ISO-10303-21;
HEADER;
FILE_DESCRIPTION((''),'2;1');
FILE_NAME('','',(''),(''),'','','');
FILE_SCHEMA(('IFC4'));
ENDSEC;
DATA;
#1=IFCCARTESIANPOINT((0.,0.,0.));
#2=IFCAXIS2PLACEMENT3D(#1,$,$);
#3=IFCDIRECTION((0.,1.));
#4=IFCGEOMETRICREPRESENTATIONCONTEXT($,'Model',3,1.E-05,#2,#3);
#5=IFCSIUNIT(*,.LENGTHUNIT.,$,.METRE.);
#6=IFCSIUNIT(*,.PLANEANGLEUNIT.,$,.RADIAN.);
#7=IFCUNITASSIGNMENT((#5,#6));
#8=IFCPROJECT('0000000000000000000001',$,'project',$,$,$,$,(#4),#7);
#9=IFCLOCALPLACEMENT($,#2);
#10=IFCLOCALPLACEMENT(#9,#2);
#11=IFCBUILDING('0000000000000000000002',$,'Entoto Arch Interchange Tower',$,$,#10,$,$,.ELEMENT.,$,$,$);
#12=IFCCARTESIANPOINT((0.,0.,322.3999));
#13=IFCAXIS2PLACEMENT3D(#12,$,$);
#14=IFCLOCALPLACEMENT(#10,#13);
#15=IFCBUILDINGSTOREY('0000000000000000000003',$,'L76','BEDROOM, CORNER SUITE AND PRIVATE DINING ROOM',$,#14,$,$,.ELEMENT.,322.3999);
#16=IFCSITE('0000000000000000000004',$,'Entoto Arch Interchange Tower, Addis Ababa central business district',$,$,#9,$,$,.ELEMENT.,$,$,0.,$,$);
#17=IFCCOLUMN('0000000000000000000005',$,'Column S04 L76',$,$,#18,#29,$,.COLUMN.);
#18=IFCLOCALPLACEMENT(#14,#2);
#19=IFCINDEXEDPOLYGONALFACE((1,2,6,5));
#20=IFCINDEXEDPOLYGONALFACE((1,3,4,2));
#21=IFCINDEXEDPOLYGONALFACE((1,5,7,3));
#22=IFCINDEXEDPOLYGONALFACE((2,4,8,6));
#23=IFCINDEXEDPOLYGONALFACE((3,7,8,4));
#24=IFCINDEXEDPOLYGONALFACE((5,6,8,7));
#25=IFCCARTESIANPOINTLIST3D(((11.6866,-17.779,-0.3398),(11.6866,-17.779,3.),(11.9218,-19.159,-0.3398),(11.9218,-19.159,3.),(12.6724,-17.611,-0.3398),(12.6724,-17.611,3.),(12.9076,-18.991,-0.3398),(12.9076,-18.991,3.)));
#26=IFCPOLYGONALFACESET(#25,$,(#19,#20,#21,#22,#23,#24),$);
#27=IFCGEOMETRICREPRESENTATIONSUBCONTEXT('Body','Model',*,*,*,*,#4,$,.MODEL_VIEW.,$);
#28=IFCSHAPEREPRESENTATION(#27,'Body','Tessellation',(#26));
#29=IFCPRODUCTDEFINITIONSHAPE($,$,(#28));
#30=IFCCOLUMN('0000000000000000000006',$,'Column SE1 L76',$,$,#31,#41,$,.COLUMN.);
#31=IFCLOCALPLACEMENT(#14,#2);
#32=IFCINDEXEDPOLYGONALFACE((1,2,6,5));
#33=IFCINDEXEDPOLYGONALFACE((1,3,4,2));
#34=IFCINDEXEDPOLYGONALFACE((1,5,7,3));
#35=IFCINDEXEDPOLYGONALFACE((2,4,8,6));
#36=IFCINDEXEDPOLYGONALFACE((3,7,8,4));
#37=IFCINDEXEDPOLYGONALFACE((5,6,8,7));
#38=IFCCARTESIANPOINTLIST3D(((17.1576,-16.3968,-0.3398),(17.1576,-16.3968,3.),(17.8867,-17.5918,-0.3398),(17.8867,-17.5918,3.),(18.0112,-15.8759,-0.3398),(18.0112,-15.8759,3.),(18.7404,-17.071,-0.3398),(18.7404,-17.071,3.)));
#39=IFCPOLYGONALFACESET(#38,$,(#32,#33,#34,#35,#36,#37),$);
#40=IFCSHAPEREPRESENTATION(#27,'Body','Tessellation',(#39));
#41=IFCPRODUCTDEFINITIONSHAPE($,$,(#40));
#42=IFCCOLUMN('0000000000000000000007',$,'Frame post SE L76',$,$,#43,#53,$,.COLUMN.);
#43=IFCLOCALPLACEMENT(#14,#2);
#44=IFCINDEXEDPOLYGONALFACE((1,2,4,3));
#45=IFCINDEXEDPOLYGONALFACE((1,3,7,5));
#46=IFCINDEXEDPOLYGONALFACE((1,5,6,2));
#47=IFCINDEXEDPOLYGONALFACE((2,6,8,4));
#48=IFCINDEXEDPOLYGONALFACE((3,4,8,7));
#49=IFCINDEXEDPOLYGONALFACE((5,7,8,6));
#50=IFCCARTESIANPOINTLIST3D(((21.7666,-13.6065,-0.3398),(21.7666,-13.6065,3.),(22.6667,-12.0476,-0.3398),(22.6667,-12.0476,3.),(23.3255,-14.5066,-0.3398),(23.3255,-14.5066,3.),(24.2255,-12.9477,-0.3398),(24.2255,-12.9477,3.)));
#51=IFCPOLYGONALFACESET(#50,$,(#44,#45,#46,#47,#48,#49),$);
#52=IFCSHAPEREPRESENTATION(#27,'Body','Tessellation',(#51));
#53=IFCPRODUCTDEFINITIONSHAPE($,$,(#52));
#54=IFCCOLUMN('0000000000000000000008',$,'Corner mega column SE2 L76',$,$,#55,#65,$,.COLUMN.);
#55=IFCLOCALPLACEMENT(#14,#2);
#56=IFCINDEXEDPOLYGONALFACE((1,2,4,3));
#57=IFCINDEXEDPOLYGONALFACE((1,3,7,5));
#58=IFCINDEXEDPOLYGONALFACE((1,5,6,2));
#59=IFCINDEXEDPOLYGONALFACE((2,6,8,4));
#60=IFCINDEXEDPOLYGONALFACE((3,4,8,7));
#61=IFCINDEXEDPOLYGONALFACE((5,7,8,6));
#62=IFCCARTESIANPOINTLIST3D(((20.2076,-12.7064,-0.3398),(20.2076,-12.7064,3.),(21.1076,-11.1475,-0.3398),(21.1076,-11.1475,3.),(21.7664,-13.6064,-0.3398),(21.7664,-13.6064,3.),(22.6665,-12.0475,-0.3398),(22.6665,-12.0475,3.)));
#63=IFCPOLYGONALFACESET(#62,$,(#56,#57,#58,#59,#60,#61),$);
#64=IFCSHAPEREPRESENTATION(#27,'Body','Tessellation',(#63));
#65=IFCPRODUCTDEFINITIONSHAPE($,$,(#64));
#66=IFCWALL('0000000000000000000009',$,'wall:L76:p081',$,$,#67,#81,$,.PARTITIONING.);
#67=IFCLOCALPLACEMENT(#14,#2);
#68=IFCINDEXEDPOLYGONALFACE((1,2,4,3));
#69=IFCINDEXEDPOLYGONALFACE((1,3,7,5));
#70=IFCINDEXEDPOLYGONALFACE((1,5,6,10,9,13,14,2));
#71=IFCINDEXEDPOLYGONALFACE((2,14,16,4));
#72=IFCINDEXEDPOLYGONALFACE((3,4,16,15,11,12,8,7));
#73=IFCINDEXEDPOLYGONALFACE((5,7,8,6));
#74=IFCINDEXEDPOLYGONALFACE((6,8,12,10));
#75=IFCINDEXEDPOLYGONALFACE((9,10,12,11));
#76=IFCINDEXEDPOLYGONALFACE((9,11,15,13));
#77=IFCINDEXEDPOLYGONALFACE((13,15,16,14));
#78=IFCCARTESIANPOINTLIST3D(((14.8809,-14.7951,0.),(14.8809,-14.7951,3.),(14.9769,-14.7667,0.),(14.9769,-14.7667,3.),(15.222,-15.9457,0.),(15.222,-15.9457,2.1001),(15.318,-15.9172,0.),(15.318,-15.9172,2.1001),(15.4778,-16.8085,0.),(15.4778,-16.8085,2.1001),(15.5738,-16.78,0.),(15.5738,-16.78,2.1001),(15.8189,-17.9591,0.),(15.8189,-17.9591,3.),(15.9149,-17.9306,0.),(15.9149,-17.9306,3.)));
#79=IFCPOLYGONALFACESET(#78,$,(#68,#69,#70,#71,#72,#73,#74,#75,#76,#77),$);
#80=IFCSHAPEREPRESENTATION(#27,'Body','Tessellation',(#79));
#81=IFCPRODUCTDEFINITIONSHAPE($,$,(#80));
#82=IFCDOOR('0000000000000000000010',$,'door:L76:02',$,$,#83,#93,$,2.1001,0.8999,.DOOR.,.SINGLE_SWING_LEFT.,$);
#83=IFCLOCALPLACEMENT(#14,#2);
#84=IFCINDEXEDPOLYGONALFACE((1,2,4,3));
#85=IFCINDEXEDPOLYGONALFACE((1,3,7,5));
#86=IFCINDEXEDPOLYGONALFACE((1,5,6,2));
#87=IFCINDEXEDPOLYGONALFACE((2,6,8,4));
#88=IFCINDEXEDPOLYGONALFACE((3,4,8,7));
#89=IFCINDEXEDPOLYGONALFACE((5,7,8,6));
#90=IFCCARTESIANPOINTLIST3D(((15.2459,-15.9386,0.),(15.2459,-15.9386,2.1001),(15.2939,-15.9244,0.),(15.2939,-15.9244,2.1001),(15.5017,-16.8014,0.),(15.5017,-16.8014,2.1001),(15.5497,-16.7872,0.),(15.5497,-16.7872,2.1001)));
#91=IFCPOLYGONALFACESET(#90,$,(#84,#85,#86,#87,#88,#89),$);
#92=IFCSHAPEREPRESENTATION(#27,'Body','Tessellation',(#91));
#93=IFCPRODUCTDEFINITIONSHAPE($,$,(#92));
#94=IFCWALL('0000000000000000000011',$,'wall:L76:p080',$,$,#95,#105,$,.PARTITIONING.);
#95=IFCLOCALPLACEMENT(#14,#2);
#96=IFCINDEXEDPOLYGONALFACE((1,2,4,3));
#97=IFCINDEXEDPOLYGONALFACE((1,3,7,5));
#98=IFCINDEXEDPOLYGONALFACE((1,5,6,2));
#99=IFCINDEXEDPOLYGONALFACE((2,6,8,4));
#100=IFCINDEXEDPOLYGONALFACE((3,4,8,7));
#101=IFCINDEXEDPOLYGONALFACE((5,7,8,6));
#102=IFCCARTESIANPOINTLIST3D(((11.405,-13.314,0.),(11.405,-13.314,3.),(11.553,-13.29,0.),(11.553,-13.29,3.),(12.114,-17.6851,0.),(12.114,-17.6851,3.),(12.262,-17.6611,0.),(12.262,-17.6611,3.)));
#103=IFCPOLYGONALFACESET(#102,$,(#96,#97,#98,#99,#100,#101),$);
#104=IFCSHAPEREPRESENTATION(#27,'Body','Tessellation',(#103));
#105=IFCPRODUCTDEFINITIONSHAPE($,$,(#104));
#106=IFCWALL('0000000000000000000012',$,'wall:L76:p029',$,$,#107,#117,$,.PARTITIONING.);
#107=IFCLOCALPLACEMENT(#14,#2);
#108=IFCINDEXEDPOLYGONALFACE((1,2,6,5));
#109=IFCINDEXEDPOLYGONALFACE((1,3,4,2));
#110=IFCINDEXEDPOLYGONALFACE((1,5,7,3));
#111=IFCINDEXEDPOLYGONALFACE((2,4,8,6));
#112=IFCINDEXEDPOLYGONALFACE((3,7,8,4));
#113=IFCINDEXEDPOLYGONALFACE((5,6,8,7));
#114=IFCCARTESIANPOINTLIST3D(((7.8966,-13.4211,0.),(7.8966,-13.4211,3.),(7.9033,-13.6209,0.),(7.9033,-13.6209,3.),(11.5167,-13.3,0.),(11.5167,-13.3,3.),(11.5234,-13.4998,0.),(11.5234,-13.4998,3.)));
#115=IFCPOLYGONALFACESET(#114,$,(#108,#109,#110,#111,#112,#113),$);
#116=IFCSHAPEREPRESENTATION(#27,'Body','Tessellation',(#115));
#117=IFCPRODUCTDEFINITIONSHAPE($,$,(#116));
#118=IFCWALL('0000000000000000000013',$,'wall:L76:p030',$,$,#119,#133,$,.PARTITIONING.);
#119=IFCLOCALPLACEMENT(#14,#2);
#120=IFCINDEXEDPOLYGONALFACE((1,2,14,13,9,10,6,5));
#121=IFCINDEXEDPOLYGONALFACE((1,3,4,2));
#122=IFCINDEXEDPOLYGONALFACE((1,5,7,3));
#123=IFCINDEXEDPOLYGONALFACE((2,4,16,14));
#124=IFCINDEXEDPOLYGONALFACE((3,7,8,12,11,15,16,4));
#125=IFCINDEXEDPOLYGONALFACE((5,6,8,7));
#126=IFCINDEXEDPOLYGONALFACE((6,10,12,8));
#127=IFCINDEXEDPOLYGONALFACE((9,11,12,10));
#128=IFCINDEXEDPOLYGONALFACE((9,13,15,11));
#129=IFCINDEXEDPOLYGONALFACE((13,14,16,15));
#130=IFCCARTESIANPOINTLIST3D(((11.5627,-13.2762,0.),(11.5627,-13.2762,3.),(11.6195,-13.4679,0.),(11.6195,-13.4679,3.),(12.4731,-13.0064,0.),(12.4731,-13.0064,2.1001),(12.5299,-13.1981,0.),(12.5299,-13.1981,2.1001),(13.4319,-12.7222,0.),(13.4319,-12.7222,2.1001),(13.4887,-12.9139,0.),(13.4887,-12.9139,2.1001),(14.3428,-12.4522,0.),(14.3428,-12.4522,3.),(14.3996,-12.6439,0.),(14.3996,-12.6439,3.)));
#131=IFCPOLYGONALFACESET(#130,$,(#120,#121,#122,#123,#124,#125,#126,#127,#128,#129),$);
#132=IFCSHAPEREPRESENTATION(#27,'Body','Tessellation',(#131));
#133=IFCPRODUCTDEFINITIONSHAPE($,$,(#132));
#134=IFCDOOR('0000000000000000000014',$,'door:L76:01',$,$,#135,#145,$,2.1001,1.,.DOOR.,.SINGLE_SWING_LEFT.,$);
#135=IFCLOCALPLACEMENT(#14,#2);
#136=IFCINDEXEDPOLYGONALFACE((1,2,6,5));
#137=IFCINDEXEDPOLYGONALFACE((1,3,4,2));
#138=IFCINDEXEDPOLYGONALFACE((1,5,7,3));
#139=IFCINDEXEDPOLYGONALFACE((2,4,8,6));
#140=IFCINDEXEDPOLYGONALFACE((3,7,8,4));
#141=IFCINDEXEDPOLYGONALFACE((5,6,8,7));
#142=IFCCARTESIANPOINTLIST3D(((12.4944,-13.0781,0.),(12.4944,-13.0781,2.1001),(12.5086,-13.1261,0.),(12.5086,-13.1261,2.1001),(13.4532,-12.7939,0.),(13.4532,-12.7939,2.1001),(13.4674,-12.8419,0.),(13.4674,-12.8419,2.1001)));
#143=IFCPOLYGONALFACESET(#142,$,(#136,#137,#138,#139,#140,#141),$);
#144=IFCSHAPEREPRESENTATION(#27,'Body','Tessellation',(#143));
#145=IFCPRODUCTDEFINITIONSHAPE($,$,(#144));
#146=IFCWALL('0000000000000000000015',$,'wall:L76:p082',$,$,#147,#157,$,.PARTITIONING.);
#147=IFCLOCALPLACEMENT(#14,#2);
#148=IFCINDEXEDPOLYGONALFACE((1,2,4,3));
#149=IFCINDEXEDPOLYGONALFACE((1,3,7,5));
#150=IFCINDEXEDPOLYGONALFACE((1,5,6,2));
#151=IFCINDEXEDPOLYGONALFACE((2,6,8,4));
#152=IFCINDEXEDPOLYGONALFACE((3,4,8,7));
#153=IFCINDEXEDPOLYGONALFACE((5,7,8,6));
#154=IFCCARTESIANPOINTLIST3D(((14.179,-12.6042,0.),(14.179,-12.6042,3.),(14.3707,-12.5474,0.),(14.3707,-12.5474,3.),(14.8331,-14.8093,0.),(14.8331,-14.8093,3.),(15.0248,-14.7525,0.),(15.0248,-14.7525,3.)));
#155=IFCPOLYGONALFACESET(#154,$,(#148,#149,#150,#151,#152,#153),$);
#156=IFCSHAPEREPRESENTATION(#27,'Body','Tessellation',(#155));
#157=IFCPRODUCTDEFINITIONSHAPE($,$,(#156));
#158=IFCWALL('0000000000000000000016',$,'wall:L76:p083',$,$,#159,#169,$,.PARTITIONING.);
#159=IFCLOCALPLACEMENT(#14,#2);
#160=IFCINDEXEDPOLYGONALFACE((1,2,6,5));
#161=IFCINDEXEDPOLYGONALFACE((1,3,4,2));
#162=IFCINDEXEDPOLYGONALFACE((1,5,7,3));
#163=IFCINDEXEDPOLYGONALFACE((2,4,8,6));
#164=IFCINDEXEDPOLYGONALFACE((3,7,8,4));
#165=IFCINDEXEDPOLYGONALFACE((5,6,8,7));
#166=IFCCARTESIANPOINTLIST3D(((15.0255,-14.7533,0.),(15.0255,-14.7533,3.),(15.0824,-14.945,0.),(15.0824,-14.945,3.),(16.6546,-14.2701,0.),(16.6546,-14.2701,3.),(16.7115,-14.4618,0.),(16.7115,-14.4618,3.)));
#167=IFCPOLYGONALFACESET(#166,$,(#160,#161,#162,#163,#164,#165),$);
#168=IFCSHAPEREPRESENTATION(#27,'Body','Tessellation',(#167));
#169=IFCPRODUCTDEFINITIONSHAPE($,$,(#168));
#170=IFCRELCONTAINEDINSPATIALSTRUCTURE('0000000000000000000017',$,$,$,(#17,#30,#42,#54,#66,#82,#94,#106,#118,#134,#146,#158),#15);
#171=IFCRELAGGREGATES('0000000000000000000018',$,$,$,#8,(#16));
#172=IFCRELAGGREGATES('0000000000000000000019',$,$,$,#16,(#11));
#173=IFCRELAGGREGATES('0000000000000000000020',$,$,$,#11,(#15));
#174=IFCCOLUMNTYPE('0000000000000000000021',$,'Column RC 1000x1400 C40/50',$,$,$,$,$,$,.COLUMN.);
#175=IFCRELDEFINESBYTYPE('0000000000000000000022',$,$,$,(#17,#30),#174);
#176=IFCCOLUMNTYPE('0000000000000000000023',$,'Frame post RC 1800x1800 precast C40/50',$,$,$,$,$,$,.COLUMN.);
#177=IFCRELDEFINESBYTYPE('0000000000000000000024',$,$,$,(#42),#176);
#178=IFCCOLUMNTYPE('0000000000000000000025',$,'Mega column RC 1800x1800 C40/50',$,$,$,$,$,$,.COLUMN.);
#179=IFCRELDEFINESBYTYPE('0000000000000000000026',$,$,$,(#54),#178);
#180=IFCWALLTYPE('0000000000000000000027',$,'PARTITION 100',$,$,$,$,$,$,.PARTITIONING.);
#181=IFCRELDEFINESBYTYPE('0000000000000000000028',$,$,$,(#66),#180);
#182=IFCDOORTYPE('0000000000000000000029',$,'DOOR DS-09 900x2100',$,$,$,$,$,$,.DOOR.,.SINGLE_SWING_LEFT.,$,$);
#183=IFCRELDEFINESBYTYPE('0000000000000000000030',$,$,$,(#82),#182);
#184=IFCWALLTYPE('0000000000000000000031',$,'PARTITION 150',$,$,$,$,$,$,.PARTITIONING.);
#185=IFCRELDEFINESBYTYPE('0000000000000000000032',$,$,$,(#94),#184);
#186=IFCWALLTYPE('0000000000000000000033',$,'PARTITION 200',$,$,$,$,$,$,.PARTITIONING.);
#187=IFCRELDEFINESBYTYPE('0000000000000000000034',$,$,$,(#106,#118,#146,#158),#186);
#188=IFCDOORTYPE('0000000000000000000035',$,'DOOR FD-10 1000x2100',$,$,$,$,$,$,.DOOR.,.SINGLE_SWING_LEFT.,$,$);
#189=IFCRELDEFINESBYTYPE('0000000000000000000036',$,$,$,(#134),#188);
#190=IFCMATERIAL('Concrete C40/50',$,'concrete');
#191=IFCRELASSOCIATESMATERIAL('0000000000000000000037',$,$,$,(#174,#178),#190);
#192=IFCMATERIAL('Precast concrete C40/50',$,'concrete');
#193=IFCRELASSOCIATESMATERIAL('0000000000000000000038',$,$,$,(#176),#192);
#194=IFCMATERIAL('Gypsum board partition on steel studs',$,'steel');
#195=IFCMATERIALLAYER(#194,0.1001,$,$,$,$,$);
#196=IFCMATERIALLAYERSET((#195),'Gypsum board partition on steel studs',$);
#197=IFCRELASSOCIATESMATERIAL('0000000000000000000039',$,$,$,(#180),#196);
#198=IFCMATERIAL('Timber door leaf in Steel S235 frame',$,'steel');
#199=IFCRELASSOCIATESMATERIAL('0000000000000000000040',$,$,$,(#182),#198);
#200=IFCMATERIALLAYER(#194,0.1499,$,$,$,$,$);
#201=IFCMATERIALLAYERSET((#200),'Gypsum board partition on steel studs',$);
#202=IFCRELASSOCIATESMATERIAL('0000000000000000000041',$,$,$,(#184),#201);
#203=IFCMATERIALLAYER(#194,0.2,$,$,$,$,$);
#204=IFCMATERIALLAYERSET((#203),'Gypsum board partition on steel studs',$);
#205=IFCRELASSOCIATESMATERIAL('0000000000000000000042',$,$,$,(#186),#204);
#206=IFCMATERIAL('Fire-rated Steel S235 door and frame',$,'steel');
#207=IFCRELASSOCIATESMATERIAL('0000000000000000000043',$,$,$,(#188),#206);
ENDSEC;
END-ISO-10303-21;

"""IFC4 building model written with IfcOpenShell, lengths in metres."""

from ifc_helpers import new_model, si_unit, direction, frame, frame_2d, origin, origin_2d, place, context, subcontext, project, spatial, rectangle, extrude, material, layer, layer_set, material_profile, profile_set, type_object, element, fill, save


model = new_model("IFC4")

# Units and contexts
model_context = context("Model", 3, precision=1e-05, world=origin(), true_north=direction((0.0, 1.0)))
body_context = subcontext(model_context, "Body", "Model", "MODEL_VIEW")
ifc_project = project(units=[si_unit("LENGTHUNIT", "METRE"), si_unit("PLANEANGLEUNIT", "RADIAN")], contexts=[model_context])

# Site, building, storey
site_placement = place(None, origin())
site = spatial("IfcSite", under=ifc_project, at=site_placement, Name="Entoto Arch Interchange Tower, Addis Ababa central business district", CompositionType="ELEMENT", RefElevation=0.0)
building_placement = place(site_placement, origin())
building = spatial("IfcBuilding", under=site, at=building_placement, Name="Entoto Arch Interchange Tower", CompositionType="ELEMENT")
storey_placement = place(building_placement, frame((0.0, 0.0, 322.3999)))
storey = spatial("IfcBuildingStorey", under=building, at=storey_placement, Name="L76", Description="BEDROOM, CORNER SUITE AND PRIVATE DINING ROOM", CompositionType="ELEMENT", Elevation=322.3999)

# Columns
ifc_material_1 = material(Name="Concrete C40/50", Category="concrete")
ifc_material_profile_1 = material_profile(ifc_material_1, rectangle(XDim=1.0, YDim=1.3999, at=origin_2d()))
ifc_profile_set_1 = profile_set([ifc_material_profile_1], Name="Concrete C40/50")
column_type_1 = type_object("IfcColumnType", Name="Column RC 1000x1400 C40/50", PredefinedType="COLUMN", material=ifc_profile_set_1)
for number, where, z_axis, x_axis, name in (
    (1, (12.2971, -18.385, -0.3398), (0.0, 0.0, 1.0), (0.985786, 0.168008, 0.0), "Column S04 L76"),
    (2, (17.949, -16.7339, -0.3398), (0.0, 0.0, 1.0), (0.853651, 0.520846, 0.0), "Column SE1 L76"),
):
    element("IfcColumn", number, at=place(storey_placement, frame(where, z_axis=z_axis, x_axis=x_axis)), inside=storey, type_object=column_type_1, Name=name, PredefinedType="COLUMN", context=body_context, shape_type="SweptSolid", body=[
        extrude(rectangle(XDim=1.0, YDim=1.3999, at=origin_2d()), origin(), (0.0, 0.0, 1.0), 3.3398),
    ])
ifc_material_2 = material(Name="Precast concrete C40/50", Category="concrete")
ifc_material_profile_2 = material_profile(ifc_material_2, rectangle(XDim=1.8, YDim=1.8, at=origin_2d()))
ifc_profile_set_2 = profile_set([ifc_material_profile_2], Name="Precast concrete C40/50")
column_type_2 = type_object("IfcColumnType", Name="Frame post RC 1800x1800 precast C40/50", PredefinedType="COLUMN", material=ifc_profile_set_2)
column_1_placement = place(storey_placement, frame((22.9961, -13.2771, -0.3398), z_axis=(0.0, 0.0, 1.0), x_axis=(-0.866025, 0.5, 0.0)))
element("IfcColumn", 3, at=column_1_placement, inside=storey, type_object=column_type_2, Name="Frame post SE L76", PredefinedType="COLUMN", context=body_context, shape_type="SweptSolid", body=[
    extrude(rectangle(XDim=1.8, YDim=1.8, at=origin_2d()), origin(), (0.0, 0.0, 1.0), 3.3398),
])
ifc_material_profile_3 = material_profile(ifc_material_1, rectangle(XDim=1.8, YDim=1.8, at=origin_2d()))
ifc_profile_set_3 = profile_set([ifc_material_profile_3], Name="Concrete C40/50")
column_type_3 = type_object("IfcColumnType", Name="Mega column RC 1800x1800 C40/50", PredefinedType="COLUMN", material=ifc_profile_set_3)
column_2_placement = place(storey_placement, frame((21.437, -12.377, -0.3398), z_axis=(0.0, 0.0, 1.0), x_axis=(-0.866025, 0.5, 0.0)))
element("IfcColumn", 4, at=column_2_placement, inside=storey, type_object=column_type_3, Name="Corner mega column SE2 L76", PredefinedType="COLUMN", context=body_context, shape_type="SweptSolid", body=[
    extrude(rectangle(XDim=1.8, YDim=1.8, at=origin_2d()), origin(), (0.0, 0.0, 1.0), 3.3398),
])

# Wall, opening, door
ifc_material_3 = material(Name="Gypsum board partition on steel studs", Category="steel")
ifc_layer_1 = layer(ifc_material_3, 0.1001)
ifc_layer_set_1 = layer_set([ifc_layer_1], Name="Gypsum board partition on steel studs")
wall_type_1 = type_object("IfcWallType", Name="PARTITION 100", PredefinedType="PARTITIONING", material=ifc_layer_set_1)
wall_1_placement = place(storey_placement, frame((14.929, -14.781, 0.0), z_axis=(0.0, 0.0, 1.0), x_axis=(0.284224, -0.958758, 0.0)))
wall_1 = element("IfcWall", 5, at=wall_1_placement, inside=storey, type_object=wall_type_1, Name="wall:L76:p081", PredefinedType="PARTITIONING", context=body_context, shape_type="SweptSolid", body=[
    extrude(rectangle(XDim=3.3, YDim=0.1001, at=frame_2d((1.6499, 0.0))), origin(), (0.0, 0.0, 1.0), 3.0),
])
opening_1_placement = place(wall_1_placement, frame((1.2, 0.0, 0.0)))
opening_1 = element("IfcOpeningElement", 6, at=opening_1_placement, cuts=wall_1, PredefinedType="OPENING", context=body_context, shape_type="SweptSolid", body=[
    extrude(rectangle(XDim=0.8999, YDim=2.1001, at=frame_2d((0.45, 1.05))), frame((0.0, 0.0601, 0.0), z_axis=(0.0, -1.0, 0.0), x_axis=(1.0, 0.0, 0.0)), (0.0, 0.0, 1.0), 0.1201),
])
ifc_material_4 = material(Name="Timber door leaf in Steel S235 frame", Category="steel")
door_type_1 = type_object("IfcDoorType", Name="DOOR DS-09 900x2100", OperationType="SINGLE_SWING_LEFT", PredefinedType="DOOR", material=ifc_material_4)
door_1_placement = place(opening_1_placement, origin())
door_1 = element("IfcDoor", 7, at=door_1_placement, inside=storey, type_object=door_type_1, Name="door:L76:02", OperationType="SINGLE_SWING_LEFT", OverallHeight=2.1001, OverallWidth=0.8999, PredefinedType="DOOR", context=body_context, shape_type="SweptSolid", body=[
    extrude(rectangle(XDim=0.8999, YDim=2.1001, at=frame_2d((0.45, 1.05))), frame((0.0, 0.0249, 0.0), z_axis=(0.0, -1.0, 0.0), x_axis=(1.0, 0.0, 0.0)), (0.0, 0.0, 1.0), 0.05),
])
fill(opening_1, door_1)

# Walls
ifc_layer_2 = layer(ifc_material_3, 0.1499)
ifc_layer_set_2 = layer_set([ifc_layer_2], Name="Gypsum board partition on steel studs")
wall_type_2 = type_object("IfcWallType", Name="PARTITION 150", PredefinedType="PARTITIONING", material=ifc_layer_set_2)
wall_2_placement = place(storey_placement, frame((11.479, -13.302, 0.0), z_axis=(0.0, 0.0, 1.0), x_axis=(0.160106, -0.9871, 0.0)))
element("IfcWall", 8, at=wall_2_placement, inside=storey, type_object=wall_type_2, Name="wall:L76:p080", PredefinedType="PARTITIONING", context=body_context, shape_type="SweptSolid", body=[
    extrude(rectangle(XDim=4.4282, YDim=0.1499, at=frame_2d((2.2141, 0.0))), origin(), (0.0, 0.0, 1.0), 3.0),
])
ifc_layer_3 = layer(ifc_material_3, 0.2)
ifc_layer_set_3 = layer_set([ifc_layer_3], Name="Gypsum board partition on steel studs")
wall_type_3 = type_object("IfcWallType", Name="PARTITION 200", PredefinedType="PARTITIONING", material=ifc_layer_set_3)
wall_3_placement = place(storey_placement, frame((11.52, -13.3999, 0.0), z_axis=(0.0, 0.0, 1.0), x_axis=(-0.999441, -0.033432, 0.0)))
element("IfcWall", 9, at=wall_3_placement, inside=storey, type_object=wall_type_3, Name="wall:L76:p029", PredefinedType="PARTITIONING", context=body_context, shape_type="SweptSolid", body=[
    extrude(rectangle(XDim=3.6221, YDim=0.2, at=frame_2d((1.811, 0.0))), origin(), (0.0, 0.0, 1.0), 3.0),
])

# Wall, opening, door
wall_4_placement = place(storey_placement, frame((14.3711, -12.5481, 0.0), z_axis=(0.0, 0.0, 1.0), x_axis=(-0.958773, -0.284171, 0.0)))
wall_4 = element("IfcWall", 10, at=wall_4_placement, inside=storey, type_object=wall_type_3, Name="wall:L76:p030", PredefinedType="PARTITIONING", context=body_context, shape_type="SweptSolid", body=[
    extrude(rectangle(XDim=2.8997, YDim=0.2, at=frame_2d((1.4497, 0.0))), origin(), (0.0, 0.0, 1.0), 3.0),
])
opening_2_placement = place(wall_4_placement, frame((0.95, 0.0, 0.0)))
opening_2 = element("IfcOpeningElement", 11, at=opening_2_placement, cuts=wall_4, PredefinedType="OPENING", context=body_context, shape_type="SweptSolid", body=[
    extrude(rectangle(XDim=1.0, YDim=2.1001, at=frame_2d((0.5, 1.05))), frame((0.0, 0.1099, 0.0), z_axis=(0.0, -1.0, 0.0), x_axis=(1.0, 0.0, 0.0)), (0.0, 0.0, 1.0), 0.22),
])
ifc_material_5 = material(Name="Fire-rated Steel S235 door and frame", Category="steel")
door_type_2 = type_object("IfcDoorType", Name="DOOR FD-10 1000x2100", OperationType="SINGLE_SWING_LEFT", PredefinedType="DOOR", material=ifc_material_5)
door_2_placement = place(opening_2_placement, origin())
door_2 = element("IfcDoor", 12, at=door_2_placement, inside=storey, type_object=door_type_2, Name="door:L76:01", OperationType="SINGLE_SWING_LEFT", OverallHeight=2.1001, OverallWidth=1.0, PredefinedType="DOOR", context=body_context, shape_type="SweptSolid", body=[
    extrude(rectangle(XDim=1.0, YDim=2.1001, at=frame_2d((0.5, 1.05))), frame((0.0, 0.0249, 0.0), z_axis=(0.0, -1.0, 0.0), x_axis=(1.0, 0.0, 0.0)), (0.0, 0.0, 1.0), 0.05),
])
fill(opening_2, door_2)

# Walls
wall_5_placement = place(storey_placement, frame((14.2749, -12.5759, 0.0), z_axis=(0.0, 0.0, 1.0), x_axis=(0.284367, -0.958716, 0.0)))
element("IfcWall", 13, at=wall_5_placement, inside=storey, type_object=wall_type_3, Name="wall:L76:p082", PredefinedType="PARTITIONING", context=body_context, shape_type="SweptSolid", body=[
    extrude(rectangle(XDim=2.3, YDim=0.2, at=frame_2d((1.1499, 0.0))), origin(), (0.0, 0.0, 1.0), 3.0),
])
wall_6_placement = place(storey_placement, frame((15.054, -14.8491, 0.0), z_axis=(0.0, 0.0, 1.0), x_axis=(0.958727, 0.284328, 0.0)))
element("IfcWall", 14, at=wall_6_placement, inside=storey, type_object=wall_type_3, Name="wall:L76:p083", PredefinedType="PARTITIONING", context=body_context, shape_type="SweptSolid", body=[
    extrude(rectangle(XDim=1.6992, YDim=0.2, at=frame_2d((0.8496, 0.0))), origin(), (0.0, 0.0, 1.0), 3.0),
])

save(model, "model.ifc")
